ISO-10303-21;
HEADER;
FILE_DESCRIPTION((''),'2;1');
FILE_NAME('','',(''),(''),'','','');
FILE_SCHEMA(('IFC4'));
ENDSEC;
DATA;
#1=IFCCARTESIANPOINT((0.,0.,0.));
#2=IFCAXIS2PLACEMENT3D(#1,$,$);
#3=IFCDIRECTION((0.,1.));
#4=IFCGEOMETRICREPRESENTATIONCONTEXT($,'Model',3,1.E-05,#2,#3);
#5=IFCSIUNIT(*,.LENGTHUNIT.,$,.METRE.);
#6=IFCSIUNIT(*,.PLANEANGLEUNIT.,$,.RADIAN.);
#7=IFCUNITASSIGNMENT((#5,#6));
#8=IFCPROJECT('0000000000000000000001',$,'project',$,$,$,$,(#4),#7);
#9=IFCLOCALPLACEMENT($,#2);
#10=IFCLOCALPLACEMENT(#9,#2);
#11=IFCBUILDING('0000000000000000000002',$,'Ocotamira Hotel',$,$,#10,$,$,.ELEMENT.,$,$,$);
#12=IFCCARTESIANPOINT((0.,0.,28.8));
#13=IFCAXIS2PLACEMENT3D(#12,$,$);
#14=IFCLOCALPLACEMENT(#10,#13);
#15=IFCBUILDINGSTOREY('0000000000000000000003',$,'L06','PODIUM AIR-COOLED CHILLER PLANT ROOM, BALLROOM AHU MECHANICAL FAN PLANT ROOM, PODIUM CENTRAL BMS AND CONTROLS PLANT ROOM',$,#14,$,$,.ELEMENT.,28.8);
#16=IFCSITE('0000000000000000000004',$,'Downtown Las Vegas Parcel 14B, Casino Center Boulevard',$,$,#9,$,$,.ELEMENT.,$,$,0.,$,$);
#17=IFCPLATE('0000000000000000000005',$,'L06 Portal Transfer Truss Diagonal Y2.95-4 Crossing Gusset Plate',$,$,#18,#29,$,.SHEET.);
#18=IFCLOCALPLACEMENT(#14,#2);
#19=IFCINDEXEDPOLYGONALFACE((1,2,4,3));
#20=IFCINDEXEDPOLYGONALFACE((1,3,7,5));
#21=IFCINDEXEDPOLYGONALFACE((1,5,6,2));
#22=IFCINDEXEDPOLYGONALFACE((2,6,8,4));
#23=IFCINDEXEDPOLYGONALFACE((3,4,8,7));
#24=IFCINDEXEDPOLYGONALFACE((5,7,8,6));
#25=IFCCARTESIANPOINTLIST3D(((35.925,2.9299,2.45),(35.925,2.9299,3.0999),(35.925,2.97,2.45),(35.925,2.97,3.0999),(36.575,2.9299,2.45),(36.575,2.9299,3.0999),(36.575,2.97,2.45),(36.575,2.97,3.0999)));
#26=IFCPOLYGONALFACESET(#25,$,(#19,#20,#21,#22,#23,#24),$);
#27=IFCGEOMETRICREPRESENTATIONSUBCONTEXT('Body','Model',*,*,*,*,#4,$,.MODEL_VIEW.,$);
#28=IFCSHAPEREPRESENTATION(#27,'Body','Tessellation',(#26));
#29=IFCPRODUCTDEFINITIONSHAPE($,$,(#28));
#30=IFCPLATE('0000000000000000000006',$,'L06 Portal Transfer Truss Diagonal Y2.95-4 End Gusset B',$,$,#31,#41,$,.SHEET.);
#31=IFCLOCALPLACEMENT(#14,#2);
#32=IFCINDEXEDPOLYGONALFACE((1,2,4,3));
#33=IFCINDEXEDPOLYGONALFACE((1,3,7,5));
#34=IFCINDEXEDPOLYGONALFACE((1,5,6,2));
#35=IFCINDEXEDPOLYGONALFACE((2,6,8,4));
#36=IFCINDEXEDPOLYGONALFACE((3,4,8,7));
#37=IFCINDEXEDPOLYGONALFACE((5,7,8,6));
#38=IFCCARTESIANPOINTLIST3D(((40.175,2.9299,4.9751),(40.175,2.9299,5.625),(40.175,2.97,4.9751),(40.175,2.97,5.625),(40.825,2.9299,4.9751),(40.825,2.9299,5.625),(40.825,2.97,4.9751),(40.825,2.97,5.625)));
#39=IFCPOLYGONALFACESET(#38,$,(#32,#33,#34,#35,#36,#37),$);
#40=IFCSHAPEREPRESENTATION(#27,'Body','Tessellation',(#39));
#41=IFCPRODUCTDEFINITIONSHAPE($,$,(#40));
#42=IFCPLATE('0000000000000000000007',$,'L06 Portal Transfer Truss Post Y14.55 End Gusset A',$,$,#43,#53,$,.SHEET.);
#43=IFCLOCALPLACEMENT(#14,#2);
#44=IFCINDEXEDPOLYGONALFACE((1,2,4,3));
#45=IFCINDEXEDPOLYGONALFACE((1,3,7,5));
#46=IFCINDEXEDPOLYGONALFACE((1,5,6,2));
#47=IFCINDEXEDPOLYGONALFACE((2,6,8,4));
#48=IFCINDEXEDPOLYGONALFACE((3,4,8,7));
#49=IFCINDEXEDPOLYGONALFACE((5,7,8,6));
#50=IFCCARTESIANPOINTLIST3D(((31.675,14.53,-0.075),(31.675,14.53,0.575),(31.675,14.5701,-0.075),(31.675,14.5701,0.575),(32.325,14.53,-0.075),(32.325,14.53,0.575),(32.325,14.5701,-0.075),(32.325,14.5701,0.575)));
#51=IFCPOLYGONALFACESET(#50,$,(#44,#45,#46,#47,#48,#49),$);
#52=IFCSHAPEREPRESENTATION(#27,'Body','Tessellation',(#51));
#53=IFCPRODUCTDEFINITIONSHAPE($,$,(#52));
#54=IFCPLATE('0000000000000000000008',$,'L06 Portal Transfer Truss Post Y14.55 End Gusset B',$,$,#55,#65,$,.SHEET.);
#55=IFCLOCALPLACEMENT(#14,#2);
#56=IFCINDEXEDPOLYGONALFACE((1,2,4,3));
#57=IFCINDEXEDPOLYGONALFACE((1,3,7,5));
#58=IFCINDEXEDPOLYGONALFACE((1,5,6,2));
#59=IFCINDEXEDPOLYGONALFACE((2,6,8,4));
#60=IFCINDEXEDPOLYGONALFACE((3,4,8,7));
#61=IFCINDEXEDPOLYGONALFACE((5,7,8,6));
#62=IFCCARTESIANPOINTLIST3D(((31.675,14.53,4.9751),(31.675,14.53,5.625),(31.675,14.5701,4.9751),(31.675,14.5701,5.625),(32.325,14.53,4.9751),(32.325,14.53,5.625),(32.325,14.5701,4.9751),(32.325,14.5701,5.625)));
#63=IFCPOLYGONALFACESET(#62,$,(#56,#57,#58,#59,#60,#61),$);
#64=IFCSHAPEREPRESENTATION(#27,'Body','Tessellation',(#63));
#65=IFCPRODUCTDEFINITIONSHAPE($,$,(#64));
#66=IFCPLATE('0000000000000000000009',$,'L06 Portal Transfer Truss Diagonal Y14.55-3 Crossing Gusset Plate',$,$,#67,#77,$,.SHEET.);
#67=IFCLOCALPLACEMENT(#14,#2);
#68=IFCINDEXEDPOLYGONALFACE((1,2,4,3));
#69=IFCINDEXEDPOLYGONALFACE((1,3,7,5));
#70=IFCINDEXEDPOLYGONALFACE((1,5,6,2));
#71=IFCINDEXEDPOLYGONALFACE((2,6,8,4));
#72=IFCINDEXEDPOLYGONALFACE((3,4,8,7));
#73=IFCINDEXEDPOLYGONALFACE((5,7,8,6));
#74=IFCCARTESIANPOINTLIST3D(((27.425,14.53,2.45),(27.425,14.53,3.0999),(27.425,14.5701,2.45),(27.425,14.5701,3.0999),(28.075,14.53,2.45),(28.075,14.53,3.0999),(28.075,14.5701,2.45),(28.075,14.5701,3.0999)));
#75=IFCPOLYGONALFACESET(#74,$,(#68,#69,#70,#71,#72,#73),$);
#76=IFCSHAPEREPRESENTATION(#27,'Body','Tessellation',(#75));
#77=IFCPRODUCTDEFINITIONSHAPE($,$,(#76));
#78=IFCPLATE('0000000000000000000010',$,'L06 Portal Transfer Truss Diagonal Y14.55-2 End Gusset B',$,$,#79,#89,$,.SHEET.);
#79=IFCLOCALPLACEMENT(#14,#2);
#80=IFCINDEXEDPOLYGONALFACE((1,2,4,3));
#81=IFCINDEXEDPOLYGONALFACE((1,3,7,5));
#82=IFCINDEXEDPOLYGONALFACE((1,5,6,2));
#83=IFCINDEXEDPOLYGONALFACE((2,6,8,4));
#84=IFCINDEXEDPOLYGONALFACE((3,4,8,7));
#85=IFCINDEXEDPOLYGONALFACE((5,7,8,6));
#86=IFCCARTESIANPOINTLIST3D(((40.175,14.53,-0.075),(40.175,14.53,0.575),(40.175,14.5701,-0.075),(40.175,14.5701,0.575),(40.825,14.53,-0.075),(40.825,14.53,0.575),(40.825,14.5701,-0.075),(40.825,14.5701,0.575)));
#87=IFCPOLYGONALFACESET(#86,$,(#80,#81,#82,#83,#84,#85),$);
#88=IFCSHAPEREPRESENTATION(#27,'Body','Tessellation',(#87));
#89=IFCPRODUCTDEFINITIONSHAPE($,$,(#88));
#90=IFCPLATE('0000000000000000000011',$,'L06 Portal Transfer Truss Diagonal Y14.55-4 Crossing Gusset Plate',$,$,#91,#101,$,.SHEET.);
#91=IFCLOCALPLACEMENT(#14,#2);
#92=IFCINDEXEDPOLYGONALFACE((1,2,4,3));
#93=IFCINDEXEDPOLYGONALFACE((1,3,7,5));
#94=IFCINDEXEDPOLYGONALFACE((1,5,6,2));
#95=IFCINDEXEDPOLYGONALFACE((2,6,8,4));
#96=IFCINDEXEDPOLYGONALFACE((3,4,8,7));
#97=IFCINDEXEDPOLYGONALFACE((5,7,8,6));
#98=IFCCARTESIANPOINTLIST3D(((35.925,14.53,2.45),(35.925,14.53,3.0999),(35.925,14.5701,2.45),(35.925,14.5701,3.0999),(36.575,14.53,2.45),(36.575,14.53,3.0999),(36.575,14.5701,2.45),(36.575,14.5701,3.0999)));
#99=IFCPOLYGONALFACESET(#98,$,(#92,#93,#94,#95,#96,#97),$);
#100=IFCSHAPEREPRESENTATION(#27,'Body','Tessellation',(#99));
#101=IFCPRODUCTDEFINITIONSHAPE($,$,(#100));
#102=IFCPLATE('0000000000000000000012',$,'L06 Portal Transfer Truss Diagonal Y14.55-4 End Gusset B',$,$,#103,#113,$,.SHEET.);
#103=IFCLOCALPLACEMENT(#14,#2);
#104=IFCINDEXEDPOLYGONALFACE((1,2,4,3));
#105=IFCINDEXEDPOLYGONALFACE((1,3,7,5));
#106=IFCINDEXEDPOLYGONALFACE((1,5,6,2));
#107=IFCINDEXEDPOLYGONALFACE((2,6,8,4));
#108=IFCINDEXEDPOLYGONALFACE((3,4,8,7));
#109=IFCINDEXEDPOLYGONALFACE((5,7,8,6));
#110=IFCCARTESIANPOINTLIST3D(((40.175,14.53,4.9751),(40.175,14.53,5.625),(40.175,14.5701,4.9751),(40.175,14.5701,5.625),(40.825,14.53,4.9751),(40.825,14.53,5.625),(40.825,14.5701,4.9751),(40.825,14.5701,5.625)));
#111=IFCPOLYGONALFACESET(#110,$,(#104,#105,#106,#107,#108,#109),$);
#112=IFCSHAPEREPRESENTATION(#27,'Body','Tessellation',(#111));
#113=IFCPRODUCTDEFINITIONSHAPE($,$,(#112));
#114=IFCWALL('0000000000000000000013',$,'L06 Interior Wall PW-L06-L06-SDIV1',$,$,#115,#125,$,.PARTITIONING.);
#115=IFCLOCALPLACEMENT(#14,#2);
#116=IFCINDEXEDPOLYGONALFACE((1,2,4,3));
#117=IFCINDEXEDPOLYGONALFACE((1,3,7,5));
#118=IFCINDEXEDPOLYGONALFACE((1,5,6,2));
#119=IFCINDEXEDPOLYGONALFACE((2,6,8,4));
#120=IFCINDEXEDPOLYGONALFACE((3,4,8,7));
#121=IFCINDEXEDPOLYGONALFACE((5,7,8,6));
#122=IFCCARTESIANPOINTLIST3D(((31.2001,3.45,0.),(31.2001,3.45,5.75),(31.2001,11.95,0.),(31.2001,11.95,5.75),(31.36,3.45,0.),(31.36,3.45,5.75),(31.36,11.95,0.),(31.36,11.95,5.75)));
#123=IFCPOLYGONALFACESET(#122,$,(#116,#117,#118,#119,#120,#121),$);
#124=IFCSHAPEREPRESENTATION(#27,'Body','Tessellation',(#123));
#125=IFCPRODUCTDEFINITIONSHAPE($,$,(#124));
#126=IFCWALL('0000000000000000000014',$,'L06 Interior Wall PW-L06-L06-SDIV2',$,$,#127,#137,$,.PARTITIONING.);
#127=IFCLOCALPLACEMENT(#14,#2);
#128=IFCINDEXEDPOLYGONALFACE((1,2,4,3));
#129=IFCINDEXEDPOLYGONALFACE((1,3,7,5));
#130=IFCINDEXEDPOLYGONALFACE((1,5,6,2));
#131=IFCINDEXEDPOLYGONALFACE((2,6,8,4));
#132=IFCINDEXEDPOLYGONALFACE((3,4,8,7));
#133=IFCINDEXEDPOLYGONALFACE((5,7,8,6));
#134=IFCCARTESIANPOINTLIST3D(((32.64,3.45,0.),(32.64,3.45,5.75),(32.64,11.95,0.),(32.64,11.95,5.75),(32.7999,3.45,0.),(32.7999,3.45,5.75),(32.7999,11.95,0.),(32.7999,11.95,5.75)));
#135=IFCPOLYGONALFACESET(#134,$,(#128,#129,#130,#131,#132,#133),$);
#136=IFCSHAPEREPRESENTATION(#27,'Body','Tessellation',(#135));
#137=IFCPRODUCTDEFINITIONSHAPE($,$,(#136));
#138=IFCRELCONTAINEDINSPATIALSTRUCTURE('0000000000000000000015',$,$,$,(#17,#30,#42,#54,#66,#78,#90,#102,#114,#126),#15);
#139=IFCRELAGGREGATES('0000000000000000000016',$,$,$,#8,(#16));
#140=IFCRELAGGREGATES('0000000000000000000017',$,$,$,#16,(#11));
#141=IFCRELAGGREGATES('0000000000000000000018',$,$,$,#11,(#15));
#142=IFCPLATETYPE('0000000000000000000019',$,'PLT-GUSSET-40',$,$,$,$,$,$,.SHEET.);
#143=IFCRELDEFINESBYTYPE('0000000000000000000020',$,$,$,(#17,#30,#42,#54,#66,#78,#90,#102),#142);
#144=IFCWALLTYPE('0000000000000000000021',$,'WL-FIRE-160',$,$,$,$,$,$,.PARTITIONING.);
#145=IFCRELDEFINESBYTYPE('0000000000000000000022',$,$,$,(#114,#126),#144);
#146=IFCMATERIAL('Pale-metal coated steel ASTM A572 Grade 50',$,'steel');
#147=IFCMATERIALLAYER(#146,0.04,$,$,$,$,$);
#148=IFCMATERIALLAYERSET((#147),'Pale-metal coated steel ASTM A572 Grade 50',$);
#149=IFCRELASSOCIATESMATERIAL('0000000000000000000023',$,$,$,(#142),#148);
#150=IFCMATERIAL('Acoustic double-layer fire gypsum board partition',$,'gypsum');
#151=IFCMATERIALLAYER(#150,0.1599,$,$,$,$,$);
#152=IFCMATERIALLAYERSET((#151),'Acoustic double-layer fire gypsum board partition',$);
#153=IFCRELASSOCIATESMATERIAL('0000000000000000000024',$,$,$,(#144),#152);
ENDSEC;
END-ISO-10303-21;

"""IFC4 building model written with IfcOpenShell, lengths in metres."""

from ifc_helpers import new_model, si_unit, direction, frame, frame_2d, origin, origin_2d, place, context, subcontext, project, spatial, rectangle, extrude, source, transform, mapped, material, layer, layer_set, type_object, element, save


model = new_model("IFC4")

# Units and contexts
model_context = context("Model", 3, precision=1e-05, world=origin(), true_north=direction((0.0, 1.0)))
body_context = subcontext(model_context, "Body", "Model", "MODEL_VIEW")
ifc_project = project(units=[si_unit("LENGTHUNIT", "METRE"), si_unit("PLANEANGLEUNIT", "RADIAN")], contexts=[model_context])

# Site, building, storey
site_placement = place(None, origin())
site = spatial("IfcSite", under=ifc_project, at=site_placement, Name="Downtown Las Vegas Parcel 14B, Casino Center Boulevard", CompositionType="ELEMENT", RefElevation=0.0)
building_placement = place(site_placement, origin())
building = spatial("IfcBuilding", under=site, at=building_placement, Name="Ocotamira Hotel", CompositionType="ELEMENT")
storey_placement = place(building_placement, frame((0.0, 0.0, 28.8)))
storey = spatial("IfcBuildingStorey", under=building, at=storey_placement, Name="L06", Description="PODIUM AIR-COOLED CHILLER PLANT ROOM, BALLROOM AHU MECHANICAL FAN PLANT ROOM, PODIUM CENTRAL BMS AND CONTROLS PLANT ROOM", CompositionType="ELEMENT", Elevation=28.8)

# Plates
ifc_material_1 = material(Name="Pale-metal coated steel ASTM A572 Grade 50", Category="steel")
ifc_layer_1 = layer(ifc_material_1, 0.04)
ifc_layer_set_1 = layer_set([ifc_layer_1], Name="Pale-metal coated steel ASTM A572 Grade 50")
plate_type = type_object("IfcPlateType", Name="PLT-GUSSET-40", PredefinedType="SHEET", material=ifc_layer_set_1)
shared_shape_1 = source(origin(), body_context, "Body", "SweptSolid", [
    extrude(rectangle(XDim=0.6499, YDim=0.04, at=origin_2d()), origin(), (0.0, 0.0, 1.0), 0.6499),
])
for number, where, z_axis, x_axis, name in (
    (1, (36.25, 2.95, 2.45), (0.0, 0.0, 1.0), (1.0, 0.0, 0.0), "L06 Portal Transfer Truss Diagonal Y2.95-4 Crossing Gusset Plate"),
    (2, (40.5, 2.95, 4.9751), (0.0, 0.0, 1.0), (1.0, 0.0, 0.0), "L06 Portal Transfer Truss Diagonal Y2.95-4 End Gusset B"),
    (3, (32.0, 14.55, -0.075), (0.0, 0.0, 1.0), (1.0, 0.0, 0.0), "L06 Portal Transfer Truss Post Y14.55 End Gusset A"),
    (4, (32.0, 14.55, 4.9751), (0.0, 0.0, 1.0), (1.0, 0.0, 0.0), "L06 Portal Transfer Truss Post Y14.55 End Gusset B"),
    (5, (27.75, 14.55, 2.45), (0.0, 0.0, 1.0), (1.0, 0.0, 0.0), "L06 Portal Transfer Truss Diagonal Y14.55-3 Crossing Gusset Plate"),
    (6, (40.5, 14.55, -0.075), (0.0, 0.0, 1.0), (1.0, 0.0, 0.0), "L06 Portal Transfer Truss Diagonal Y14.55-2 End Gusset B"),
    (7, (36.25, 14.55, 2.45), (0.0, 0.0, 1.0), (1.0, 0.0, 0.0), "L06 Portal Transfer Truss Diagonal Y14.55-4 Crossing Gusset Plate"),
    (8, (40.5, 14.55, 4.9751), (0.0, 0.0, 1.0), (1.0, 0.0, 0.0), "L06 Portal Transfer Truss Diagonal Y14.55-4 End Gusset B"),
):
    element("IfcPlate", number, at=place(storey_placement, frame(where, z_axis=z_axis, x_axis=x_axis)), inside=storey, type_object=plate_type, Name=name, PredefinedType="SHEET", context=body_context, shape_type="MappedRepresentation", body=[
        mapped(shared_shape_1, transform((0.0, 0.0, 0.0), scale=1.0)),
    ])

# Walls
ifc_material_2 = material(Name="Acoustic double-layer fire gypsum board partition", Category="gypsum")
ifc_layer_2 = layer(ifc_material_2, 0.1599)
ifc_layer_set_2 = layer_set([ifc_layer_2], Name="Acoustic double-layer fire gypsum board partition")
wall_type = type_object("IfcWallType", Name="WL-FIRE-160", PredefinedType="PARTITIONING", material=ifc_layer_set_2)
for number, where, z_axis, x_axis, name in (
    (9, (31.28, 3.45, 0.0), (0.0, 0.0, 1.0), (0.0, 1.0, 0.0), "L06 Interior Wall PW-L06-L06-SDIV1"),
    (10, (32.72, 3.45, 0.0), (0.0, 0.0, 1.0), (0.0, 1.0, 0.0), "L06 Interior Wall PW-L06-L06-SDIV2"),
):
    element("IfcWall", number, at=place(storey_placement, frame(where, z_axis=z_axis, x_axis=x_axis)), inside=storey, type_object=wall_type, Name=name, PredefinedType="PARTITIONING", context=body_context, shape_type="SweptSolid", body=[
        extrude(rectangle(XDim=8.5, YDim=0.1599, at=frame_2d((4.25, 0.0))), origin(), (0.0, 0.0, 1.0), 5.75),
    ])

save(model, "model.ifc")
